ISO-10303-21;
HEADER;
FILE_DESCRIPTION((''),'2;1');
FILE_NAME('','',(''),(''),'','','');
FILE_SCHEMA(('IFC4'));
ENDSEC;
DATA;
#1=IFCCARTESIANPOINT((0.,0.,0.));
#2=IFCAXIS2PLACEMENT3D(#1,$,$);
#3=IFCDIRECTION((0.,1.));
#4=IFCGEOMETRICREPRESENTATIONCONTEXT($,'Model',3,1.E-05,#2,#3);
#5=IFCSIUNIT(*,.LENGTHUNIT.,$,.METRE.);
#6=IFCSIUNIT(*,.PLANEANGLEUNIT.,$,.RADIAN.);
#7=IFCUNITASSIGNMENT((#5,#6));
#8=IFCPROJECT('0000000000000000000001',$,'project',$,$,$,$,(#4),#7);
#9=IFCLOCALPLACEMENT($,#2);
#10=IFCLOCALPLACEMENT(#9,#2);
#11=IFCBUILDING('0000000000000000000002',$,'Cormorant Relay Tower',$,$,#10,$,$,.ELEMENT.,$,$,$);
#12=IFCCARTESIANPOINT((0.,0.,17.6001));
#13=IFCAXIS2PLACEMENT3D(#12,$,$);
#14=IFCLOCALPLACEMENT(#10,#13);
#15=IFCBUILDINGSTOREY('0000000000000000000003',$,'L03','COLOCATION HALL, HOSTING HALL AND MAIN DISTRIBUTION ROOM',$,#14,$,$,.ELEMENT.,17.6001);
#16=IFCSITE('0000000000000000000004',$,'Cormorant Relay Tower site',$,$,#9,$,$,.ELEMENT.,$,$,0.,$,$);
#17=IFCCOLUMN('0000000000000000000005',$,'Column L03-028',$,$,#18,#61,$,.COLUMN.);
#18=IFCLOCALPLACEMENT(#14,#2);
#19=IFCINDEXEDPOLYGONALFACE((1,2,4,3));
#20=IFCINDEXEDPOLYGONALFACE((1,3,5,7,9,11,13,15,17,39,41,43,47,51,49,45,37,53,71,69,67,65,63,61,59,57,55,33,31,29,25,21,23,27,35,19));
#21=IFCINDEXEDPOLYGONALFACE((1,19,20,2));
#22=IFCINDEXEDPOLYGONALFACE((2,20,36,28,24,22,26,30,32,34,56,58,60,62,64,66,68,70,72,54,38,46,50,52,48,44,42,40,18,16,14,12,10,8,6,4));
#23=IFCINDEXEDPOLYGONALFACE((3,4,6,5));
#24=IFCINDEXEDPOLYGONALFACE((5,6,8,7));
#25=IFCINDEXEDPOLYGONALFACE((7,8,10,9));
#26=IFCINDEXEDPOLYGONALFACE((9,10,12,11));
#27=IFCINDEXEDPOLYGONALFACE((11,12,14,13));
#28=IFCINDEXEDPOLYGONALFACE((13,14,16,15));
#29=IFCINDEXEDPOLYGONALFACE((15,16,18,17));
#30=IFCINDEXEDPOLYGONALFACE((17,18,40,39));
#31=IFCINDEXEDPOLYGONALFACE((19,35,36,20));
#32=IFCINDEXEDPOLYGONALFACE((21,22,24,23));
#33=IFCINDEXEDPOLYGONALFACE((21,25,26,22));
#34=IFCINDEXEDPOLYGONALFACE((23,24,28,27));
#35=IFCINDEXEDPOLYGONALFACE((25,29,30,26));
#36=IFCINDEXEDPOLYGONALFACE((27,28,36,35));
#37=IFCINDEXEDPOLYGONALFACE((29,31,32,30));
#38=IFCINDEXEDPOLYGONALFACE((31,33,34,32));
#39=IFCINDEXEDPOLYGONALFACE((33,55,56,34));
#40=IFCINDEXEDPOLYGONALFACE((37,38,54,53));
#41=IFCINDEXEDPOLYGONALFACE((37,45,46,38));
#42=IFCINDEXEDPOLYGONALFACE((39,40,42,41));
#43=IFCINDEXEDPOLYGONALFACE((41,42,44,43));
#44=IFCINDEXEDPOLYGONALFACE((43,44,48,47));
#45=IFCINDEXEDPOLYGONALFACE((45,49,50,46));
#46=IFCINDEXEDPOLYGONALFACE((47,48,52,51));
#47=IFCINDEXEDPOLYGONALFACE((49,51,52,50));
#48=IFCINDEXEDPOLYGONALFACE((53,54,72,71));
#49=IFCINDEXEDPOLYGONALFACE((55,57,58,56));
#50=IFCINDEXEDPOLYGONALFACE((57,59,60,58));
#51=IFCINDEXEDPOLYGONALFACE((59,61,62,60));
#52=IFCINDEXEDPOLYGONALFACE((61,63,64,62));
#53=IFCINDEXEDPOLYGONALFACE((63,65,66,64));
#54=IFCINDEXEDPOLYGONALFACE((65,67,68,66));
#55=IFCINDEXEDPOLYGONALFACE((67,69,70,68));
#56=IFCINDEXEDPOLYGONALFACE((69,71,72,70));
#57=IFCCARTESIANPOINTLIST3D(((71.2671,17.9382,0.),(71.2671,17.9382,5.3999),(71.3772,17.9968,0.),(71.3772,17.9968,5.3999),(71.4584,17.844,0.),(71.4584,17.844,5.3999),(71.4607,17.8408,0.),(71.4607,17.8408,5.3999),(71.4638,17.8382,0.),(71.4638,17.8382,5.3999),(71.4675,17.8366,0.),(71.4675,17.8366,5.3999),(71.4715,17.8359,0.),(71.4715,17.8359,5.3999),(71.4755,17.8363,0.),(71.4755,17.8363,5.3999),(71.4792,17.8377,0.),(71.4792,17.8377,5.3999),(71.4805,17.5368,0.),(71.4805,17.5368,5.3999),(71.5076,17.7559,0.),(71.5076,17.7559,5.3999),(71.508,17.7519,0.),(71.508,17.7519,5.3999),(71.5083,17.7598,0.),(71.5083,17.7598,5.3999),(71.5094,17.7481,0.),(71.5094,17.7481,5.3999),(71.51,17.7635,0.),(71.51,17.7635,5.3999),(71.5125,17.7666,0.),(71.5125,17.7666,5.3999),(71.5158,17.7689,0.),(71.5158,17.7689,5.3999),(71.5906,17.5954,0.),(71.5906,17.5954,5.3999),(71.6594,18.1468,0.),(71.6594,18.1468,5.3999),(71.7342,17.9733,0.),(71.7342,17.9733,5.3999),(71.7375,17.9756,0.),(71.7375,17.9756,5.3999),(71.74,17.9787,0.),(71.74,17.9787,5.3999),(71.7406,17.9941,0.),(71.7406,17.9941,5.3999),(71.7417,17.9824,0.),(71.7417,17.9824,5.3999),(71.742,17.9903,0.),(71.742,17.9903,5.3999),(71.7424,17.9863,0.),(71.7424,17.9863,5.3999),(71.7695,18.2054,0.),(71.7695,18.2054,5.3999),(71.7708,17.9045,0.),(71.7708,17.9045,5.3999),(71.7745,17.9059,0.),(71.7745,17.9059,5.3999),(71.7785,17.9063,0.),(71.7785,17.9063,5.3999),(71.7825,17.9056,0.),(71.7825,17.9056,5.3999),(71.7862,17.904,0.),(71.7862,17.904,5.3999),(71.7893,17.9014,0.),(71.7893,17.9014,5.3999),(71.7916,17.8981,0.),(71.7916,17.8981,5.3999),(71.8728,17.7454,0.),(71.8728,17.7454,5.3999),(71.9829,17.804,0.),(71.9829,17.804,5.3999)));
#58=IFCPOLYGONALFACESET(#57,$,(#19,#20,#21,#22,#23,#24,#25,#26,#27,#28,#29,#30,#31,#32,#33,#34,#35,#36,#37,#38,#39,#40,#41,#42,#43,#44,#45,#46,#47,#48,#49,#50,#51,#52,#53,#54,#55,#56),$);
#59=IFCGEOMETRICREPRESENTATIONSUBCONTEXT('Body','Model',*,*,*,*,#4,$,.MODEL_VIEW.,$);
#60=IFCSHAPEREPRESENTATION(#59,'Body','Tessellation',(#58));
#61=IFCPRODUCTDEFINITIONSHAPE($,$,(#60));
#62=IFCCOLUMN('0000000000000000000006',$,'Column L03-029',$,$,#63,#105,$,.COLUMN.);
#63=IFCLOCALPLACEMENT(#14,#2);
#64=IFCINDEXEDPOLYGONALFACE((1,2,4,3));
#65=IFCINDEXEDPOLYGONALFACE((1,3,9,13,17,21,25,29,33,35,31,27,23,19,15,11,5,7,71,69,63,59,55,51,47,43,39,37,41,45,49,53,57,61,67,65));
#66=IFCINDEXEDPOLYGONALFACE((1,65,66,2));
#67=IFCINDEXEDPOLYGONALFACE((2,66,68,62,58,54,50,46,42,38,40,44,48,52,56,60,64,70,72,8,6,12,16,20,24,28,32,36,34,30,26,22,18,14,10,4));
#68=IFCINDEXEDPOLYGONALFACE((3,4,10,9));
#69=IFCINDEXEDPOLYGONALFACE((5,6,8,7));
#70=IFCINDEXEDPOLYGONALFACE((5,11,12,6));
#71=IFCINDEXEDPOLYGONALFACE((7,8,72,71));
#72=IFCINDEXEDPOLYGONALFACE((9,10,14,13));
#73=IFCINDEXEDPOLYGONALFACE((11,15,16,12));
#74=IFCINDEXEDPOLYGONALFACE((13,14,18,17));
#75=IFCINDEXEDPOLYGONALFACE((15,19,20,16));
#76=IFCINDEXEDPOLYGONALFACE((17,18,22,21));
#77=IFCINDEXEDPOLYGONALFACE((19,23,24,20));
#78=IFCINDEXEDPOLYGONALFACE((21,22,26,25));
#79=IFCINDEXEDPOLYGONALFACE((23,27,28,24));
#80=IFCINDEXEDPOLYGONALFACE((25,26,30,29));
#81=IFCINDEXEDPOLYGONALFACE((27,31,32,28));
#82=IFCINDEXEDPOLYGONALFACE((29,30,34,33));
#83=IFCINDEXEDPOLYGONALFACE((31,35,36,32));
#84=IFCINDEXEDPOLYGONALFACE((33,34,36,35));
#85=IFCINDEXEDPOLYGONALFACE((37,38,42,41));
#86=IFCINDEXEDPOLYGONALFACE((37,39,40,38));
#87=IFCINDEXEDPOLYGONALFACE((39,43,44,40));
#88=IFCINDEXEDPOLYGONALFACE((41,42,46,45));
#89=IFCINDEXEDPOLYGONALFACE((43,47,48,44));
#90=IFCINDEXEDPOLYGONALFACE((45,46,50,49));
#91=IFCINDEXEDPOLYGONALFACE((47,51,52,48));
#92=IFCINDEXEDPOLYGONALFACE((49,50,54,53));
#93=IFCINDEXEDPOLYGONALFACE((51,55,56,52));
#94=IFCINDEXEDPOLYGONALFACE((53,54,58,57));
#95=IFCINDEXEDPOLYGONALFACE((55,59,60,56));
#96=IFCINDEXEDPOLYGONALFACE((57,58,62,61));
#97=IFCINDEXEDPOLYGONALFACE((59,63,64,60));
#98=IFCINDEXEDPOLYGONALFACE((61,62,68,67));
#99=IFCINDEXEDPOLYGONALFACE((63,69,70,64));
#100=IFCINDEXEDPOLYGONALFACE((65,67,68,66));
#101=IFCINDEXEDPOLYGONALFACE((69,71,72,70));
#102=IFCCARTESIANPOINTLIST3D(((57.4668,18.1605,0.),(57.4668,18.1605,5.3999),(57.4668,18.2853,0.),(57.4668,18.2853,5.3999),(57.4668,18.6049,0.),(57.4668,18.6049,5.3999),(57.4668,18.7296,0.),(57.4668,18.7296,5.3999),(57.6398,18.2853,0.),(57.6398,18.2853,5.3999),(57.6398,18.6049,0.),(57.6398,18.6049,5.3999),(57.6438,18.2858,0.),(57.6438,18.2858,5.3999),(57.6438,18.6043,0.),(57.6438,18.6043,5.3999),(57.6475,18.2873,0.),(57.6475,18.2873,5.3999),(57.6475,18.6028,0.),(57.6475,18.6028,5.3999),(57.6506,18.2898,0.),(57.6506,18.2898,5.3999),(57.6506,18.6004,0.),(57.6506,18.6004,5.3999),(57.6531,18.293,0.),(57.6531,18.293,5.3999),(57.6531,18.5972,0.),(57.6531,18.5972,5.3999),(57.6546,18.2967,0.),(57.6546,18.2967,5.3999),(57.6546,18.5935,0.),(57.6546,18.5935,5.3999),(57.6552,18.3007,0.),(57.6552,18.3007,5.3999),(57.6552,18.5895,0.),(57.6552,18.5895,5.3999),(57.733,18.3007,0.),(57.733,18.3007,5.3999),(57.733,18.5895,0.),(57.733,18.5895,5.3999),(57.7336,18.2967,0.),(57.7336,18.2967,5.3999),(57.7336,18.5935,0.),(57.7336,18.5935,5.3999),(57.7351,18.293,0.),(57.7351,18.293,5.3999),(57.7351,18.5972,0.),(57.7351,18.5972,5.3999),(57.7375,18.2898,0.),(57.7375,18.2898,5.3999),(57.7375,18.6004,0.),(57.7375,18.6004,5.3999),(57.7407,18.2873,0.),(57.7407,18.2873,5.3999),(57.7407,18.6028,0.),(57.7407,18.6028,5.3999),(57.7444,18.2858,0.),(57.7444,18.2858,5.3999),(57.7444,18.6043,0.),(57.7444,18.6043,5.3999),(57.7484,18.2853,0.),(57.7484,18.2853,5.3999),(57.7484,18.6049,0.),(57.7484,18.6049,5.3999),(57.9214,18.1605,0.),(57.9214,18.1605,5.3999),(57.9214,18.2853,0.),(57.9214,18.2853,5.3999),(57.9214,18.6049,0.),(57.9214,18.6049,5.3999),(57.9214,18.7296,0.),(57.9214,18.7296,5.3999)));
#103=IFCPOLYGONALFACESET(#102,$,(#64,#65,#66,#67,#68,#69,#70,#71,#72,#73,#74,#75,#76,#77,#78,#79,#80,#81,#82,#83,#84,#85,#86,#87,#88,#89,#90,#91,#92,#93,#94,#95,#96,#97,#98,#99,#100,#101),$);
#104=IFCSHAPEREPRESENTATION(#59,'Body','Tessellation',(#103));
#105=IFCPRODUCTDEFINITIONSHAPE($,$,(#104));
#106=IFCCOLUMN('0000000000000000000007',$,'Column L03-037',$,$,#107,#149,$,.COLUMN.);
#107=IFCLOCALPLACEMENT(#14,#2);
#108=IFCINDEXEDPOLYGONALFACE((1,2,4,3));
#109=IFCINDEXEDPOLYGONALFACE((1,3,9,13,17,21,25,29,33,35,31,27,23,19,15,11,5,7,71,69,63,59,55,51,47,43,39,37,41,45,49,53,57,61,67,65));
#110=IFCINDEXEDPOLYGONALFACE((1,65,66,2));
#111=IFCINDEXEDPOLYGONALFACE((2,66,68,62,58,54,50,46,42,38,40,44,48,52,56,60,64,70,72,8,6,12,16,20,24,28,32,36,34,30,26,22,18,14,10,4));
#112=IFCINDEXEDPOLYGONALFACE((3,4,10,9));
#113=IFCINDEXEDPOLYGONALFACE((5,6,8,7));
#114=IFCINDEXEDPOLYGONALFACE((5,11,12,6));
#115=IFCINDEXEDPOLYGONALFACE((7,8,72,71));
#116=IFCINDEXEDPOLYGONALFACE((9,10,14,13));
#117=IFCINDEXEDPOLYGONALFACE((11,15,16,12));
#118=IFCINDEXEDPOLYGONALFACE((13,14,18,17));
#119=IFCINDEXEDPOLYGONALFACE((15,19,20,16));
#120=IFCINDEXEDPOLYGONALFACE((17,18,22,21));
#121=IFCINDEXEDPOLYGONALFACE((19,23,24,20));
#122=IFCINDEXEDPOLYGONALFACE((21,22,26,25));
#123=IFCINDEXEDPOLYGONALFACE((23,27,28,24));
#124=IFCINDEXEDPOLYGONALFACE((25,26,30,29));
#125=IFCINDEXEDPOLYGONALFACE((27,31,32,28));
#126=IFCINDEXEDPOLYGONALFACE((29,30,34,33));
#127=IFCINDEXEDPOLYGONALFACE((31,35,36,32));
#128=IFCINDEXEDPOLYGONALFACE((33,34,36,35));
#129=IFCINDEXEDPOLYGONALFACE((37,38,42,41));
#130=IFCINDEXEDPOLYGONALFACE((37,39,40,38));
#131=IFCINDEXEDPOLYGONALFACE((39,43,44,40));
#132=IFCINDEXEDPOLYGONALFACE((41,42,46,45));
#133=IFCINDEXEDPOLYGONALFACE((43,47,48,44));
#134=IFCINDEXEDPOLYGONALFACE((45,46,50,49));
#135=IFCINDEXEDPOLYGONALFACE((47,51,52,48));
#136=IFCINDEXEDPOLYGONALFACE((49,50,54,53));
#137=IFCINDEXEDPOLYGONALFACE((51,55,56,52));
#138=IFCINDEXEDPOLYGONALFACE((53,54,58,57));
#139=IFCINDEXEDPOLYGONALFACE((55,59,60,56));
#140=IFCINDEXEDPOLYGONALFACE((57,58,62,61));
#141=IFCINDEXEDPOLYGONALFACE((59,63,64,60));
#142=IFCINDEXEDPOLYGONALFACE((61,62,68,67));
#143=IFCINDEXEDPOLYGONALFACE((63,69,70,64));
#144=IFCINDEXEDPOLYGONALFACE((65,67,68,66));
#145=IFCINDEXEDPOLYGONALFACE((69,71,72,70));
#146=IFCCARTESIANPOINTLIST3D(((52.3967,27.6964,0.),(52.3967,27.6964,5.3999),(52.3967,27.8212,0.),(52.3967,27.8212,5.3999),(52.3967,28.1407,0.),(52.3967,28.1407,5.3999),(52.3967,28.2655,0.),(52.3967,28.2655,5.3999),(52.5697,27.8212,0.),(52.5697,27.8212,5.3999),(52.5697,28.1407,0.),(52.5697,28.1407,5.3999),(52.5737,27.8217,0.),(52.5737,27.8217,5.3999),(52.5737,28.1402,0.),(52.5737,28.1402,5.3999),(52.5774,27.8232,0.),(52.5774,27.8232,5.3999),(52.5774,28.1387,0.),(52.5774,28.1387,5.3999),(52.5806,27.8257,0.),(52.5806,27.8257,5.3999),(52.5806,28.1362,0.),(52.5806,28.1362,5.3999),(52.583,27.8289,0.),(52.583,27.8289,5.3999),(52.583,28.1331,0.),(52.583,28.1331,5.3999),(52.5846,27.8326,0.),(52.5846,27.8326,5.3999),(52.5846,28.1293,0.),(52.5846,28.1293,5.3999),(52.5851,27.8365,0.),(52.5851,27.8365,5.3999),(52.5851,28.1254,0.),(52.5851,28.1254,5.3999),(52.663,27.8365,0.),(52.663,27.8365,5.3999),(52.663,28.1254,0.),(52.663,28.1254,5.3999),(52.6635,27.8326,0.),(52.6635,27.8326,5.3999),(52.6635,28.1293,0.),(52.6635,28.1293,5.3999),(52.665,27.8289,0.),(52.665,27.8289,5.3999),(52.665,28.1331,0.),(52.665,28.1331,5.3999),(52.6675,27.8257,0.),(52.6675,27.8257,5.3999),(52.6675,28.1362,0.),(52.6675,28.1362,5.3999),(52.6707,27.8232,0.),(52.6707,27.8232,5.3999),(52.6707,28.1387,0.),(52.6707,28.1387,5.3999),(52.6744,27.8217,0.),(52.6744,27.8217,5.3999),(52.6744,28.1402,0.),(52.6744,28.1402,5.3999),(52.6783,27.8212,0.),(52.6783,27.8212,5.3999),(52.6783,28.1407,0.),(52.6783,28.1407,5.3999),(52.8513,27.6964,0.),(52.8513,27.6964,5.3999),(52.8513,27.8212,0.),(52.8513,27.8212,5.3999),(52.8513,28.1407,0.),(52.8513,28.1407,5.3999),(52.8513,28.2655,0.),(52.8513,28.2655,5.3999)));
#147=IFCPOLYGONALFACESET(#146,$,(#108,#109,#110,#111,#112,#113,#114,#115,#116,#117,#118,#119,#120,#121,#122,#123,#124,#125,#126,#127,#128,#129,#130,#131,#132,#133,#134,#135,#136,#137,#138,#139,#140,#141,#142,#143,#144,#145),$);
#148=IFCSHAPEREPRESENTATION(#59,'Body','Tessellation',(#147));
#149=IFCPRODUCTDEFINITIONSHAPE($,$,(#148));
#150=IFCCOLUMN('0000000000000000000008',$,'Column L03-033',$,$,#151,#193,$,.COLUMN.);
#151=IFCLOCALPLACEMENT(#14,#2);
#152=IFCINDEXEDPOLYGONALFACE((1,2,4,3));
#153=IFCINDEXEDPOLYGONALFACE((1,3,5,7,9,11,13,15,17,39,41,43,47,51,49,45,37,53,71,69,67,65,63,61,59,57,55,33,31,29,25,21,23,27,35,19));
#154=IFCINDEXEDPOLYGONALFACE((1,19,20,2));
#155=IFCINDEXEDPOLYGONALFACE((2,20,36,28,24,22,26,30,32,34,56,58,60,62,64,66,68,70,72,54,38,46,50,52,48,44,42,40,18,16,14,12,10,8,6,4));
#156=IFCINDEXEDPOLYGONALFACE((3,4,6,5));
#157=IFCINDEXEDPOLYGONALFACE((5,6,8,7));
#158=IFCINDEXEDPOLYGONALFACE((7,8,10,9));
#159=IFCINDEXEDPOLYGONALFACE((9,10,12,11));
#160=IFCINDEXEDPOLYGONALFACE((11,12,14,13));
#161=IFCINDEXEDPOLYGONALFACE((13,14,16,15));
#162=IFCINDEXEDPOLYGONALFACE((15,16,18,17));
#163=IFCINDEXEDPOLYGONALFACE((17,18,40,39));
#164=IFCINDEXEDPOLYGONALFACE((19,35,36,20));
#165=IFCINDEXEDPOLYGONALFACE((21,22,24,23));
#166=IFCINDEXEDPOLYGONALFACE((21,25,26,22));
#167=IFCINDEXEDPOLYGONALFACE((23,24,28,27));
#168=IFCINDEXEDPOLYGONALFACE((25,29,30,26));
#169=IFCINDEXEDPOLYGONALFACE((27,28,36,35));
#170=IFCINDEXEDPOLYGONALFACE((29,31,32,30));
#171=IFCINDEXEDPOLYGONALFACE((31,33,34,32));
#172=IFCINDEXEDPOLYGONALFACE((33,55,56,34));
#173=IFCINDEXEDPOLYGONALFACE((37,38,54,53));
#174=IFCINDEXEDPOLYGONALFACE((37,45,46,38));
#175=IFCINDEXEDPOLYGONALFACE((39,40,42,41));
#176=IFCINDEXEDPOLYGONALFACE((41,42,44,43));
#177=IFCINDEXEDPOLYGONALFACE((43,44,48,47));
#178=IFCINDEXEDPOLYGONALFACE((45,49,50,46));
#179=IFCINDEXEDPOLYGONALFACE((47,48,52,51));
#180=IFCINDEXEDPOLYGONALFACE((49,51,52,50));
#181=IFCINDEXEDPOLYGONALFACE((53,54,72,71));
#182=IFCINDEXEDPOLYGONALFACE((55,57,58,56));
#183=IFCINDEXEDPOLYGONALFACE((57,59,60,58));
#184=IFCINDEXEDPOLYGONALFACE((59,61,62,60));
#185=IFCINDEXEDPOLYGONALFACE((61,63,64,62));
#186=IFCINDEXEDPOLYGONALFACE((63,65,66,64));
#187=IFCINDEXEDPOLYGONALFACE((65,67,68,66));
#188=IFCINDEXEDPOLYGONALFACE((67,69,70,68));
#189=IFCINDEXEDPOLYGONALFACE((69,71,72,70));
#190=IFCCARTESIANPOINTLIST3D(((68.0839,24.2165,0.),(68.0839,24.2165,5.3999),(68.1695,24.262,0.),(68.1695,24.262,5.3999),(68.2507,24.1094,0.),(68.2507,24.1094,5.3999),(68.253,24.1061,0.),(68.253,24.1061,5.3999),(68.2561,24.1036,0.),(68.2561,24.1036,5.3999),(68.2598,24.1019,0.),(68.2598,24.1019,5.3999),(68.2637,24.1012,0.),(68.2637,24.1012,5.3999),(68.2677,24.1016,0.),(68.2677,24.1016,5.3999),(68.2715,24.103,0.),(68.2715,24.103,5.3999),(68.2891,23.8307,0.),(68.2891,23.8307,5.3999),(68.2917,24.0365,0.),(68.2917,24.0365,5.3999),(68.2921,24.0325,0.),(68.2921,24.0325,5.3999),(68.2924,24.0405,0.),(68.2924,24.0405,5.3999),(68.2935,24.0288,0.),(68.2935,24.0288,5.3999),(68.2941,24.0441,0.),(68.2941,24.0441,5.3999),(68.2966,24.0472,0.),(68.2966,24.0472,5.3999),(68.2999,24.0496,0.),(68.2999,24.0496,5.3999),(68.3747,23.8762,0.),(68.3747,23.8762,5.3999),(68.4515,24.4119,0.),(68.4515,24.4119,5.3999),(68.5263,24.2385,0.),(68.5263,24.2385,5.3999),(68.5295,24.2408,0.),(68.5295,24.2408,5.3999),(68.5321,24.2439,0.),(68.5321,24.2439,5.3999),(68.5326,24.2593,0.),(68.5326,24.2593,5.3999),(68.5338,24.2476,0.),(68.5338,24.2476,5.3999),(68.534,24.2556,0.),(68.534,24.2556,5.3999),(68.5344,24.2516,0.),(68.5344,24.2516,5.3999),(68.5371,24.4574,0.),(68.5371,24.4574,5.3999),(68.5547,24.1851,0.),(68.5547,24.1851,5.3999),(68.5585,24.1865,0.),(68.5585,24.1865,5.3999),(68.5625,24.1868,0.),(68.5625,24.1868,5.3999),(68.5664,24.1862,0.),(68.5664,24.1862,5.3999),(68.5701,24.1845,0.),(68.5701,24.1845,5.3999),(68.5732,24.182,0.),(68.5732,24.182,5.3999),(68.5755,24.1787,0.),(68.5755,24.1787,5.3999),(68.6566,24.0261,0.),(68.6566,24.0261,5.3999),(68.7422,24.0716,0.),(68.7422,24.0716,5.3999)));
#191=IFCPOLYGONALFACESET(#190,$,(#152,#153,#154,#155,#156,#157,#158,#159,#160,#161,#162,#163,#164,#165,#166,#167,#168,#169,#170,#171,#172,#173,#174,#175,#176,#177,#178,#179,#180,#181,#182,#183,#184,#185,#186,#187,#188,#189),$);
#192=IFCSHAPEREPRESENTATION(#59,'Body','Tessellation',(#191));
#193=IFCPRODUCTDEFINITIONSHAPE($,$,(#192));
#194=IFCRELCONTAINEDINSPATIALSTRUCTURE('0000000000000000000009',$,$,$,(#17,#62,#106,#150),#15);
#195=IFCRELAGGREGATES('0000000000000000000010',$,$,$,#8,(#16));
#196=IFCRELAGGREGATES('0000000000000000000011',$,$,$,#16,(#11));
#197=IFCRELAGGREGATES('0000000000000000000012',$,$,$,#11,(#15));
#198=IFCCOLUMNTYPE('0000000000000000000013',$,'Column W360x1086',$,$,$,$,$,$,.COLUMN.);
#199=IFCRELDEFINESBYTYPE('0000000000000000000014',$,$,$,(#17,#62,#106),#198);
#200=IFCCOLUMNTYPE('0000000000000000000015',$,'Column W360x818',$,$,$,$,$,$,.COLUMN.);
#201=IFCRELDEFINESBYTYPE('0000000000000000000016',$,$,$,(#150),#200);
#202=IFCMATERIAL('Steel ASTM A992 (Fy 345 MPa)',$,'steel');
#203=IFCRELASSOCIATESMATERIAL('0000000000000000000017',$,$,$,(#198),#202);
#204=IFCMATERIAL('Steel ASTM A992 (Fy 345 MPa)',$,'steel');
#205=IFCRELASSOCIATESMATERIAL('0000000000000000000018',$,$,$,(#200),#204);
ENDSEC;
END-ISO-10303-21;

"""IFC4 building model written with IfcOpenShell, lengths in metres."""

from ifc_helpers import new_model, si_unit, direction, frame, origin, origin_2d, place, context, subcontext, project, spatial, i_section, extrude, material, material_profile, profile_set, type_object, element, save


model = new_model("IFC4")

# Units and contexts
model_context = context("Model", 3, precision=1e-05, world=origin(), true_north=direction((0.0, 1.0)))
body_context = subcontext(model_context, "Body", "Model", "MODEL_VIEW")
ifc_project = project(units=[si_unit("LENGTHUNIT", "METRE"), si_unit("PLANEANGLEUNIT", "RADIAN")], contexts=[model_context])

# Site, building, storey
site_placement = place(None, origin())
site = spatial("IfcSite", under=ifc_project, at=site_placement, Name="Cormorant Relay Tower site", CompositionType="ELEMENT", RefElevation=0.0)
building_placement = place(site_placement, origin())
building = spatial("IfcBuilding", under=site, at=building_placement, Name="Cormorant Relay Tower", CompositionType="ELEMENT")
storey_placement = place(building_placement, frame((0.0, 0.0, 17.6001)))
storey = spatial("IfcBuildingStorey", under=building, at=storey_placement, Name="L03", Description="COLOCATION HALL, HOSTING HALL AND MAIN DISTRIBUTION ROOM", CompositionType="ELEMENT", Elevation=17.6001)

# Columns
ifc_material_1 = material(Name="Steel ASTM A992 (Fy 345 MPa)", Category="steel")
ifc_material_profile_1 = material_profile(ifc_material_1, i_section(OverallWidth=0.4546, OverallDepth=0.5691, WebThickness=0.0779, FlangeThickness=0.1248, FilletRadius=0.0154, at=origin_2d()), Name="W360x1086")
ifc_profile_set_1 = profile_set([ifc_material_profile_1], Name="Steel ASTM A992 (Fy 345 MPa)")
column_type_1 = type_object("IfcColumnType", Name="Column W360x1086", PredefinedType="COLUMN", material=ifc_profile_set_1)
for number, where, z_axis, x_axis, name in (
    (1, (71.625, 17.8711, 0.0), (0.0, 0.0, 1.0), (-0.469472, 0.882948, 0.0), "Column L03-028"),
    (2, (57.6941, 18.4451, 0.0), (0.0, 0.0, 1.0), (1.0, 0.0, 0.0), "Column L03-029"),
    (3, (52.624, 27.981, 0.0), (0.0, 0.0, 1.0), (1.0, 0.0, 0.0), "Column L03-037"),
):
    element("IfcColumn", number, at=place(storey_placement, frame(where, z_axis=z_axis, x_axis=x_axis)), inside=storey, type_object=column_type_1, Name=name, PredefinedType="COLUMN", context=body_context, shape_type="SweptSolid", body=[
        extrude(i_section(OverallWidth=0.4546, OverallDepth=0.5691, WebThickness=0.0779, FlangeThickness=0.1248, FilletRadius=0.0154, at=origin_2d()), origin(), (0.0, 0.0, 1.0), 5.3999),
    ])
ifc_material_2 = material(Name="Steel ASTM A992 (Fy 345 MPa)", Category="steel")
ifc_material_profile_2 = material_profile(ifc_material_2, i_section(OverallWidth=0.437, OverallDepth=0.5132, WebThickness=0.0605, FlangeThickness=0.0969, FilletRadius=0.0154, at=origin_2d()), Name="W360x818")
ifc_profile_set_2 = profile_set([ifc_material_profile_2], Name="Steel ASTM A992 (Fy 345 MPa)")
column_type_2 = type_object("IfcColumnType", Name="Column W360x818", PredefinedType="COLUMN", material=ifc_profile_set_2)
for number, where, z_axis, x_axis, name in (
    (4, (68.4131, 24.144, 0.0), (0.0, 0.0, 1.0), (-0.469472, 0.882948, 0.0), "Column L03-033"),
):
    element("IfcColumn", number, at=place(storey_placement, frame(where, z_axis=z_axis, x_axis=x_axis)), inside=storey, type_object=column_type_2, Name=name, PredefinedType="COLUMN", context=body_context, shape_type="SweptSolid", body=[
        extrude(i_section(OverallWidth=0.437, OverallDepth=0.5132, WebThickness=0.0605, FlangeThickness=0.0969, FilletRadius=0.0154, at=origin_2d()), origin(), (0.0, 0.0, 1.0), 5.3999),
    ])

save(model, "model.ifc")
